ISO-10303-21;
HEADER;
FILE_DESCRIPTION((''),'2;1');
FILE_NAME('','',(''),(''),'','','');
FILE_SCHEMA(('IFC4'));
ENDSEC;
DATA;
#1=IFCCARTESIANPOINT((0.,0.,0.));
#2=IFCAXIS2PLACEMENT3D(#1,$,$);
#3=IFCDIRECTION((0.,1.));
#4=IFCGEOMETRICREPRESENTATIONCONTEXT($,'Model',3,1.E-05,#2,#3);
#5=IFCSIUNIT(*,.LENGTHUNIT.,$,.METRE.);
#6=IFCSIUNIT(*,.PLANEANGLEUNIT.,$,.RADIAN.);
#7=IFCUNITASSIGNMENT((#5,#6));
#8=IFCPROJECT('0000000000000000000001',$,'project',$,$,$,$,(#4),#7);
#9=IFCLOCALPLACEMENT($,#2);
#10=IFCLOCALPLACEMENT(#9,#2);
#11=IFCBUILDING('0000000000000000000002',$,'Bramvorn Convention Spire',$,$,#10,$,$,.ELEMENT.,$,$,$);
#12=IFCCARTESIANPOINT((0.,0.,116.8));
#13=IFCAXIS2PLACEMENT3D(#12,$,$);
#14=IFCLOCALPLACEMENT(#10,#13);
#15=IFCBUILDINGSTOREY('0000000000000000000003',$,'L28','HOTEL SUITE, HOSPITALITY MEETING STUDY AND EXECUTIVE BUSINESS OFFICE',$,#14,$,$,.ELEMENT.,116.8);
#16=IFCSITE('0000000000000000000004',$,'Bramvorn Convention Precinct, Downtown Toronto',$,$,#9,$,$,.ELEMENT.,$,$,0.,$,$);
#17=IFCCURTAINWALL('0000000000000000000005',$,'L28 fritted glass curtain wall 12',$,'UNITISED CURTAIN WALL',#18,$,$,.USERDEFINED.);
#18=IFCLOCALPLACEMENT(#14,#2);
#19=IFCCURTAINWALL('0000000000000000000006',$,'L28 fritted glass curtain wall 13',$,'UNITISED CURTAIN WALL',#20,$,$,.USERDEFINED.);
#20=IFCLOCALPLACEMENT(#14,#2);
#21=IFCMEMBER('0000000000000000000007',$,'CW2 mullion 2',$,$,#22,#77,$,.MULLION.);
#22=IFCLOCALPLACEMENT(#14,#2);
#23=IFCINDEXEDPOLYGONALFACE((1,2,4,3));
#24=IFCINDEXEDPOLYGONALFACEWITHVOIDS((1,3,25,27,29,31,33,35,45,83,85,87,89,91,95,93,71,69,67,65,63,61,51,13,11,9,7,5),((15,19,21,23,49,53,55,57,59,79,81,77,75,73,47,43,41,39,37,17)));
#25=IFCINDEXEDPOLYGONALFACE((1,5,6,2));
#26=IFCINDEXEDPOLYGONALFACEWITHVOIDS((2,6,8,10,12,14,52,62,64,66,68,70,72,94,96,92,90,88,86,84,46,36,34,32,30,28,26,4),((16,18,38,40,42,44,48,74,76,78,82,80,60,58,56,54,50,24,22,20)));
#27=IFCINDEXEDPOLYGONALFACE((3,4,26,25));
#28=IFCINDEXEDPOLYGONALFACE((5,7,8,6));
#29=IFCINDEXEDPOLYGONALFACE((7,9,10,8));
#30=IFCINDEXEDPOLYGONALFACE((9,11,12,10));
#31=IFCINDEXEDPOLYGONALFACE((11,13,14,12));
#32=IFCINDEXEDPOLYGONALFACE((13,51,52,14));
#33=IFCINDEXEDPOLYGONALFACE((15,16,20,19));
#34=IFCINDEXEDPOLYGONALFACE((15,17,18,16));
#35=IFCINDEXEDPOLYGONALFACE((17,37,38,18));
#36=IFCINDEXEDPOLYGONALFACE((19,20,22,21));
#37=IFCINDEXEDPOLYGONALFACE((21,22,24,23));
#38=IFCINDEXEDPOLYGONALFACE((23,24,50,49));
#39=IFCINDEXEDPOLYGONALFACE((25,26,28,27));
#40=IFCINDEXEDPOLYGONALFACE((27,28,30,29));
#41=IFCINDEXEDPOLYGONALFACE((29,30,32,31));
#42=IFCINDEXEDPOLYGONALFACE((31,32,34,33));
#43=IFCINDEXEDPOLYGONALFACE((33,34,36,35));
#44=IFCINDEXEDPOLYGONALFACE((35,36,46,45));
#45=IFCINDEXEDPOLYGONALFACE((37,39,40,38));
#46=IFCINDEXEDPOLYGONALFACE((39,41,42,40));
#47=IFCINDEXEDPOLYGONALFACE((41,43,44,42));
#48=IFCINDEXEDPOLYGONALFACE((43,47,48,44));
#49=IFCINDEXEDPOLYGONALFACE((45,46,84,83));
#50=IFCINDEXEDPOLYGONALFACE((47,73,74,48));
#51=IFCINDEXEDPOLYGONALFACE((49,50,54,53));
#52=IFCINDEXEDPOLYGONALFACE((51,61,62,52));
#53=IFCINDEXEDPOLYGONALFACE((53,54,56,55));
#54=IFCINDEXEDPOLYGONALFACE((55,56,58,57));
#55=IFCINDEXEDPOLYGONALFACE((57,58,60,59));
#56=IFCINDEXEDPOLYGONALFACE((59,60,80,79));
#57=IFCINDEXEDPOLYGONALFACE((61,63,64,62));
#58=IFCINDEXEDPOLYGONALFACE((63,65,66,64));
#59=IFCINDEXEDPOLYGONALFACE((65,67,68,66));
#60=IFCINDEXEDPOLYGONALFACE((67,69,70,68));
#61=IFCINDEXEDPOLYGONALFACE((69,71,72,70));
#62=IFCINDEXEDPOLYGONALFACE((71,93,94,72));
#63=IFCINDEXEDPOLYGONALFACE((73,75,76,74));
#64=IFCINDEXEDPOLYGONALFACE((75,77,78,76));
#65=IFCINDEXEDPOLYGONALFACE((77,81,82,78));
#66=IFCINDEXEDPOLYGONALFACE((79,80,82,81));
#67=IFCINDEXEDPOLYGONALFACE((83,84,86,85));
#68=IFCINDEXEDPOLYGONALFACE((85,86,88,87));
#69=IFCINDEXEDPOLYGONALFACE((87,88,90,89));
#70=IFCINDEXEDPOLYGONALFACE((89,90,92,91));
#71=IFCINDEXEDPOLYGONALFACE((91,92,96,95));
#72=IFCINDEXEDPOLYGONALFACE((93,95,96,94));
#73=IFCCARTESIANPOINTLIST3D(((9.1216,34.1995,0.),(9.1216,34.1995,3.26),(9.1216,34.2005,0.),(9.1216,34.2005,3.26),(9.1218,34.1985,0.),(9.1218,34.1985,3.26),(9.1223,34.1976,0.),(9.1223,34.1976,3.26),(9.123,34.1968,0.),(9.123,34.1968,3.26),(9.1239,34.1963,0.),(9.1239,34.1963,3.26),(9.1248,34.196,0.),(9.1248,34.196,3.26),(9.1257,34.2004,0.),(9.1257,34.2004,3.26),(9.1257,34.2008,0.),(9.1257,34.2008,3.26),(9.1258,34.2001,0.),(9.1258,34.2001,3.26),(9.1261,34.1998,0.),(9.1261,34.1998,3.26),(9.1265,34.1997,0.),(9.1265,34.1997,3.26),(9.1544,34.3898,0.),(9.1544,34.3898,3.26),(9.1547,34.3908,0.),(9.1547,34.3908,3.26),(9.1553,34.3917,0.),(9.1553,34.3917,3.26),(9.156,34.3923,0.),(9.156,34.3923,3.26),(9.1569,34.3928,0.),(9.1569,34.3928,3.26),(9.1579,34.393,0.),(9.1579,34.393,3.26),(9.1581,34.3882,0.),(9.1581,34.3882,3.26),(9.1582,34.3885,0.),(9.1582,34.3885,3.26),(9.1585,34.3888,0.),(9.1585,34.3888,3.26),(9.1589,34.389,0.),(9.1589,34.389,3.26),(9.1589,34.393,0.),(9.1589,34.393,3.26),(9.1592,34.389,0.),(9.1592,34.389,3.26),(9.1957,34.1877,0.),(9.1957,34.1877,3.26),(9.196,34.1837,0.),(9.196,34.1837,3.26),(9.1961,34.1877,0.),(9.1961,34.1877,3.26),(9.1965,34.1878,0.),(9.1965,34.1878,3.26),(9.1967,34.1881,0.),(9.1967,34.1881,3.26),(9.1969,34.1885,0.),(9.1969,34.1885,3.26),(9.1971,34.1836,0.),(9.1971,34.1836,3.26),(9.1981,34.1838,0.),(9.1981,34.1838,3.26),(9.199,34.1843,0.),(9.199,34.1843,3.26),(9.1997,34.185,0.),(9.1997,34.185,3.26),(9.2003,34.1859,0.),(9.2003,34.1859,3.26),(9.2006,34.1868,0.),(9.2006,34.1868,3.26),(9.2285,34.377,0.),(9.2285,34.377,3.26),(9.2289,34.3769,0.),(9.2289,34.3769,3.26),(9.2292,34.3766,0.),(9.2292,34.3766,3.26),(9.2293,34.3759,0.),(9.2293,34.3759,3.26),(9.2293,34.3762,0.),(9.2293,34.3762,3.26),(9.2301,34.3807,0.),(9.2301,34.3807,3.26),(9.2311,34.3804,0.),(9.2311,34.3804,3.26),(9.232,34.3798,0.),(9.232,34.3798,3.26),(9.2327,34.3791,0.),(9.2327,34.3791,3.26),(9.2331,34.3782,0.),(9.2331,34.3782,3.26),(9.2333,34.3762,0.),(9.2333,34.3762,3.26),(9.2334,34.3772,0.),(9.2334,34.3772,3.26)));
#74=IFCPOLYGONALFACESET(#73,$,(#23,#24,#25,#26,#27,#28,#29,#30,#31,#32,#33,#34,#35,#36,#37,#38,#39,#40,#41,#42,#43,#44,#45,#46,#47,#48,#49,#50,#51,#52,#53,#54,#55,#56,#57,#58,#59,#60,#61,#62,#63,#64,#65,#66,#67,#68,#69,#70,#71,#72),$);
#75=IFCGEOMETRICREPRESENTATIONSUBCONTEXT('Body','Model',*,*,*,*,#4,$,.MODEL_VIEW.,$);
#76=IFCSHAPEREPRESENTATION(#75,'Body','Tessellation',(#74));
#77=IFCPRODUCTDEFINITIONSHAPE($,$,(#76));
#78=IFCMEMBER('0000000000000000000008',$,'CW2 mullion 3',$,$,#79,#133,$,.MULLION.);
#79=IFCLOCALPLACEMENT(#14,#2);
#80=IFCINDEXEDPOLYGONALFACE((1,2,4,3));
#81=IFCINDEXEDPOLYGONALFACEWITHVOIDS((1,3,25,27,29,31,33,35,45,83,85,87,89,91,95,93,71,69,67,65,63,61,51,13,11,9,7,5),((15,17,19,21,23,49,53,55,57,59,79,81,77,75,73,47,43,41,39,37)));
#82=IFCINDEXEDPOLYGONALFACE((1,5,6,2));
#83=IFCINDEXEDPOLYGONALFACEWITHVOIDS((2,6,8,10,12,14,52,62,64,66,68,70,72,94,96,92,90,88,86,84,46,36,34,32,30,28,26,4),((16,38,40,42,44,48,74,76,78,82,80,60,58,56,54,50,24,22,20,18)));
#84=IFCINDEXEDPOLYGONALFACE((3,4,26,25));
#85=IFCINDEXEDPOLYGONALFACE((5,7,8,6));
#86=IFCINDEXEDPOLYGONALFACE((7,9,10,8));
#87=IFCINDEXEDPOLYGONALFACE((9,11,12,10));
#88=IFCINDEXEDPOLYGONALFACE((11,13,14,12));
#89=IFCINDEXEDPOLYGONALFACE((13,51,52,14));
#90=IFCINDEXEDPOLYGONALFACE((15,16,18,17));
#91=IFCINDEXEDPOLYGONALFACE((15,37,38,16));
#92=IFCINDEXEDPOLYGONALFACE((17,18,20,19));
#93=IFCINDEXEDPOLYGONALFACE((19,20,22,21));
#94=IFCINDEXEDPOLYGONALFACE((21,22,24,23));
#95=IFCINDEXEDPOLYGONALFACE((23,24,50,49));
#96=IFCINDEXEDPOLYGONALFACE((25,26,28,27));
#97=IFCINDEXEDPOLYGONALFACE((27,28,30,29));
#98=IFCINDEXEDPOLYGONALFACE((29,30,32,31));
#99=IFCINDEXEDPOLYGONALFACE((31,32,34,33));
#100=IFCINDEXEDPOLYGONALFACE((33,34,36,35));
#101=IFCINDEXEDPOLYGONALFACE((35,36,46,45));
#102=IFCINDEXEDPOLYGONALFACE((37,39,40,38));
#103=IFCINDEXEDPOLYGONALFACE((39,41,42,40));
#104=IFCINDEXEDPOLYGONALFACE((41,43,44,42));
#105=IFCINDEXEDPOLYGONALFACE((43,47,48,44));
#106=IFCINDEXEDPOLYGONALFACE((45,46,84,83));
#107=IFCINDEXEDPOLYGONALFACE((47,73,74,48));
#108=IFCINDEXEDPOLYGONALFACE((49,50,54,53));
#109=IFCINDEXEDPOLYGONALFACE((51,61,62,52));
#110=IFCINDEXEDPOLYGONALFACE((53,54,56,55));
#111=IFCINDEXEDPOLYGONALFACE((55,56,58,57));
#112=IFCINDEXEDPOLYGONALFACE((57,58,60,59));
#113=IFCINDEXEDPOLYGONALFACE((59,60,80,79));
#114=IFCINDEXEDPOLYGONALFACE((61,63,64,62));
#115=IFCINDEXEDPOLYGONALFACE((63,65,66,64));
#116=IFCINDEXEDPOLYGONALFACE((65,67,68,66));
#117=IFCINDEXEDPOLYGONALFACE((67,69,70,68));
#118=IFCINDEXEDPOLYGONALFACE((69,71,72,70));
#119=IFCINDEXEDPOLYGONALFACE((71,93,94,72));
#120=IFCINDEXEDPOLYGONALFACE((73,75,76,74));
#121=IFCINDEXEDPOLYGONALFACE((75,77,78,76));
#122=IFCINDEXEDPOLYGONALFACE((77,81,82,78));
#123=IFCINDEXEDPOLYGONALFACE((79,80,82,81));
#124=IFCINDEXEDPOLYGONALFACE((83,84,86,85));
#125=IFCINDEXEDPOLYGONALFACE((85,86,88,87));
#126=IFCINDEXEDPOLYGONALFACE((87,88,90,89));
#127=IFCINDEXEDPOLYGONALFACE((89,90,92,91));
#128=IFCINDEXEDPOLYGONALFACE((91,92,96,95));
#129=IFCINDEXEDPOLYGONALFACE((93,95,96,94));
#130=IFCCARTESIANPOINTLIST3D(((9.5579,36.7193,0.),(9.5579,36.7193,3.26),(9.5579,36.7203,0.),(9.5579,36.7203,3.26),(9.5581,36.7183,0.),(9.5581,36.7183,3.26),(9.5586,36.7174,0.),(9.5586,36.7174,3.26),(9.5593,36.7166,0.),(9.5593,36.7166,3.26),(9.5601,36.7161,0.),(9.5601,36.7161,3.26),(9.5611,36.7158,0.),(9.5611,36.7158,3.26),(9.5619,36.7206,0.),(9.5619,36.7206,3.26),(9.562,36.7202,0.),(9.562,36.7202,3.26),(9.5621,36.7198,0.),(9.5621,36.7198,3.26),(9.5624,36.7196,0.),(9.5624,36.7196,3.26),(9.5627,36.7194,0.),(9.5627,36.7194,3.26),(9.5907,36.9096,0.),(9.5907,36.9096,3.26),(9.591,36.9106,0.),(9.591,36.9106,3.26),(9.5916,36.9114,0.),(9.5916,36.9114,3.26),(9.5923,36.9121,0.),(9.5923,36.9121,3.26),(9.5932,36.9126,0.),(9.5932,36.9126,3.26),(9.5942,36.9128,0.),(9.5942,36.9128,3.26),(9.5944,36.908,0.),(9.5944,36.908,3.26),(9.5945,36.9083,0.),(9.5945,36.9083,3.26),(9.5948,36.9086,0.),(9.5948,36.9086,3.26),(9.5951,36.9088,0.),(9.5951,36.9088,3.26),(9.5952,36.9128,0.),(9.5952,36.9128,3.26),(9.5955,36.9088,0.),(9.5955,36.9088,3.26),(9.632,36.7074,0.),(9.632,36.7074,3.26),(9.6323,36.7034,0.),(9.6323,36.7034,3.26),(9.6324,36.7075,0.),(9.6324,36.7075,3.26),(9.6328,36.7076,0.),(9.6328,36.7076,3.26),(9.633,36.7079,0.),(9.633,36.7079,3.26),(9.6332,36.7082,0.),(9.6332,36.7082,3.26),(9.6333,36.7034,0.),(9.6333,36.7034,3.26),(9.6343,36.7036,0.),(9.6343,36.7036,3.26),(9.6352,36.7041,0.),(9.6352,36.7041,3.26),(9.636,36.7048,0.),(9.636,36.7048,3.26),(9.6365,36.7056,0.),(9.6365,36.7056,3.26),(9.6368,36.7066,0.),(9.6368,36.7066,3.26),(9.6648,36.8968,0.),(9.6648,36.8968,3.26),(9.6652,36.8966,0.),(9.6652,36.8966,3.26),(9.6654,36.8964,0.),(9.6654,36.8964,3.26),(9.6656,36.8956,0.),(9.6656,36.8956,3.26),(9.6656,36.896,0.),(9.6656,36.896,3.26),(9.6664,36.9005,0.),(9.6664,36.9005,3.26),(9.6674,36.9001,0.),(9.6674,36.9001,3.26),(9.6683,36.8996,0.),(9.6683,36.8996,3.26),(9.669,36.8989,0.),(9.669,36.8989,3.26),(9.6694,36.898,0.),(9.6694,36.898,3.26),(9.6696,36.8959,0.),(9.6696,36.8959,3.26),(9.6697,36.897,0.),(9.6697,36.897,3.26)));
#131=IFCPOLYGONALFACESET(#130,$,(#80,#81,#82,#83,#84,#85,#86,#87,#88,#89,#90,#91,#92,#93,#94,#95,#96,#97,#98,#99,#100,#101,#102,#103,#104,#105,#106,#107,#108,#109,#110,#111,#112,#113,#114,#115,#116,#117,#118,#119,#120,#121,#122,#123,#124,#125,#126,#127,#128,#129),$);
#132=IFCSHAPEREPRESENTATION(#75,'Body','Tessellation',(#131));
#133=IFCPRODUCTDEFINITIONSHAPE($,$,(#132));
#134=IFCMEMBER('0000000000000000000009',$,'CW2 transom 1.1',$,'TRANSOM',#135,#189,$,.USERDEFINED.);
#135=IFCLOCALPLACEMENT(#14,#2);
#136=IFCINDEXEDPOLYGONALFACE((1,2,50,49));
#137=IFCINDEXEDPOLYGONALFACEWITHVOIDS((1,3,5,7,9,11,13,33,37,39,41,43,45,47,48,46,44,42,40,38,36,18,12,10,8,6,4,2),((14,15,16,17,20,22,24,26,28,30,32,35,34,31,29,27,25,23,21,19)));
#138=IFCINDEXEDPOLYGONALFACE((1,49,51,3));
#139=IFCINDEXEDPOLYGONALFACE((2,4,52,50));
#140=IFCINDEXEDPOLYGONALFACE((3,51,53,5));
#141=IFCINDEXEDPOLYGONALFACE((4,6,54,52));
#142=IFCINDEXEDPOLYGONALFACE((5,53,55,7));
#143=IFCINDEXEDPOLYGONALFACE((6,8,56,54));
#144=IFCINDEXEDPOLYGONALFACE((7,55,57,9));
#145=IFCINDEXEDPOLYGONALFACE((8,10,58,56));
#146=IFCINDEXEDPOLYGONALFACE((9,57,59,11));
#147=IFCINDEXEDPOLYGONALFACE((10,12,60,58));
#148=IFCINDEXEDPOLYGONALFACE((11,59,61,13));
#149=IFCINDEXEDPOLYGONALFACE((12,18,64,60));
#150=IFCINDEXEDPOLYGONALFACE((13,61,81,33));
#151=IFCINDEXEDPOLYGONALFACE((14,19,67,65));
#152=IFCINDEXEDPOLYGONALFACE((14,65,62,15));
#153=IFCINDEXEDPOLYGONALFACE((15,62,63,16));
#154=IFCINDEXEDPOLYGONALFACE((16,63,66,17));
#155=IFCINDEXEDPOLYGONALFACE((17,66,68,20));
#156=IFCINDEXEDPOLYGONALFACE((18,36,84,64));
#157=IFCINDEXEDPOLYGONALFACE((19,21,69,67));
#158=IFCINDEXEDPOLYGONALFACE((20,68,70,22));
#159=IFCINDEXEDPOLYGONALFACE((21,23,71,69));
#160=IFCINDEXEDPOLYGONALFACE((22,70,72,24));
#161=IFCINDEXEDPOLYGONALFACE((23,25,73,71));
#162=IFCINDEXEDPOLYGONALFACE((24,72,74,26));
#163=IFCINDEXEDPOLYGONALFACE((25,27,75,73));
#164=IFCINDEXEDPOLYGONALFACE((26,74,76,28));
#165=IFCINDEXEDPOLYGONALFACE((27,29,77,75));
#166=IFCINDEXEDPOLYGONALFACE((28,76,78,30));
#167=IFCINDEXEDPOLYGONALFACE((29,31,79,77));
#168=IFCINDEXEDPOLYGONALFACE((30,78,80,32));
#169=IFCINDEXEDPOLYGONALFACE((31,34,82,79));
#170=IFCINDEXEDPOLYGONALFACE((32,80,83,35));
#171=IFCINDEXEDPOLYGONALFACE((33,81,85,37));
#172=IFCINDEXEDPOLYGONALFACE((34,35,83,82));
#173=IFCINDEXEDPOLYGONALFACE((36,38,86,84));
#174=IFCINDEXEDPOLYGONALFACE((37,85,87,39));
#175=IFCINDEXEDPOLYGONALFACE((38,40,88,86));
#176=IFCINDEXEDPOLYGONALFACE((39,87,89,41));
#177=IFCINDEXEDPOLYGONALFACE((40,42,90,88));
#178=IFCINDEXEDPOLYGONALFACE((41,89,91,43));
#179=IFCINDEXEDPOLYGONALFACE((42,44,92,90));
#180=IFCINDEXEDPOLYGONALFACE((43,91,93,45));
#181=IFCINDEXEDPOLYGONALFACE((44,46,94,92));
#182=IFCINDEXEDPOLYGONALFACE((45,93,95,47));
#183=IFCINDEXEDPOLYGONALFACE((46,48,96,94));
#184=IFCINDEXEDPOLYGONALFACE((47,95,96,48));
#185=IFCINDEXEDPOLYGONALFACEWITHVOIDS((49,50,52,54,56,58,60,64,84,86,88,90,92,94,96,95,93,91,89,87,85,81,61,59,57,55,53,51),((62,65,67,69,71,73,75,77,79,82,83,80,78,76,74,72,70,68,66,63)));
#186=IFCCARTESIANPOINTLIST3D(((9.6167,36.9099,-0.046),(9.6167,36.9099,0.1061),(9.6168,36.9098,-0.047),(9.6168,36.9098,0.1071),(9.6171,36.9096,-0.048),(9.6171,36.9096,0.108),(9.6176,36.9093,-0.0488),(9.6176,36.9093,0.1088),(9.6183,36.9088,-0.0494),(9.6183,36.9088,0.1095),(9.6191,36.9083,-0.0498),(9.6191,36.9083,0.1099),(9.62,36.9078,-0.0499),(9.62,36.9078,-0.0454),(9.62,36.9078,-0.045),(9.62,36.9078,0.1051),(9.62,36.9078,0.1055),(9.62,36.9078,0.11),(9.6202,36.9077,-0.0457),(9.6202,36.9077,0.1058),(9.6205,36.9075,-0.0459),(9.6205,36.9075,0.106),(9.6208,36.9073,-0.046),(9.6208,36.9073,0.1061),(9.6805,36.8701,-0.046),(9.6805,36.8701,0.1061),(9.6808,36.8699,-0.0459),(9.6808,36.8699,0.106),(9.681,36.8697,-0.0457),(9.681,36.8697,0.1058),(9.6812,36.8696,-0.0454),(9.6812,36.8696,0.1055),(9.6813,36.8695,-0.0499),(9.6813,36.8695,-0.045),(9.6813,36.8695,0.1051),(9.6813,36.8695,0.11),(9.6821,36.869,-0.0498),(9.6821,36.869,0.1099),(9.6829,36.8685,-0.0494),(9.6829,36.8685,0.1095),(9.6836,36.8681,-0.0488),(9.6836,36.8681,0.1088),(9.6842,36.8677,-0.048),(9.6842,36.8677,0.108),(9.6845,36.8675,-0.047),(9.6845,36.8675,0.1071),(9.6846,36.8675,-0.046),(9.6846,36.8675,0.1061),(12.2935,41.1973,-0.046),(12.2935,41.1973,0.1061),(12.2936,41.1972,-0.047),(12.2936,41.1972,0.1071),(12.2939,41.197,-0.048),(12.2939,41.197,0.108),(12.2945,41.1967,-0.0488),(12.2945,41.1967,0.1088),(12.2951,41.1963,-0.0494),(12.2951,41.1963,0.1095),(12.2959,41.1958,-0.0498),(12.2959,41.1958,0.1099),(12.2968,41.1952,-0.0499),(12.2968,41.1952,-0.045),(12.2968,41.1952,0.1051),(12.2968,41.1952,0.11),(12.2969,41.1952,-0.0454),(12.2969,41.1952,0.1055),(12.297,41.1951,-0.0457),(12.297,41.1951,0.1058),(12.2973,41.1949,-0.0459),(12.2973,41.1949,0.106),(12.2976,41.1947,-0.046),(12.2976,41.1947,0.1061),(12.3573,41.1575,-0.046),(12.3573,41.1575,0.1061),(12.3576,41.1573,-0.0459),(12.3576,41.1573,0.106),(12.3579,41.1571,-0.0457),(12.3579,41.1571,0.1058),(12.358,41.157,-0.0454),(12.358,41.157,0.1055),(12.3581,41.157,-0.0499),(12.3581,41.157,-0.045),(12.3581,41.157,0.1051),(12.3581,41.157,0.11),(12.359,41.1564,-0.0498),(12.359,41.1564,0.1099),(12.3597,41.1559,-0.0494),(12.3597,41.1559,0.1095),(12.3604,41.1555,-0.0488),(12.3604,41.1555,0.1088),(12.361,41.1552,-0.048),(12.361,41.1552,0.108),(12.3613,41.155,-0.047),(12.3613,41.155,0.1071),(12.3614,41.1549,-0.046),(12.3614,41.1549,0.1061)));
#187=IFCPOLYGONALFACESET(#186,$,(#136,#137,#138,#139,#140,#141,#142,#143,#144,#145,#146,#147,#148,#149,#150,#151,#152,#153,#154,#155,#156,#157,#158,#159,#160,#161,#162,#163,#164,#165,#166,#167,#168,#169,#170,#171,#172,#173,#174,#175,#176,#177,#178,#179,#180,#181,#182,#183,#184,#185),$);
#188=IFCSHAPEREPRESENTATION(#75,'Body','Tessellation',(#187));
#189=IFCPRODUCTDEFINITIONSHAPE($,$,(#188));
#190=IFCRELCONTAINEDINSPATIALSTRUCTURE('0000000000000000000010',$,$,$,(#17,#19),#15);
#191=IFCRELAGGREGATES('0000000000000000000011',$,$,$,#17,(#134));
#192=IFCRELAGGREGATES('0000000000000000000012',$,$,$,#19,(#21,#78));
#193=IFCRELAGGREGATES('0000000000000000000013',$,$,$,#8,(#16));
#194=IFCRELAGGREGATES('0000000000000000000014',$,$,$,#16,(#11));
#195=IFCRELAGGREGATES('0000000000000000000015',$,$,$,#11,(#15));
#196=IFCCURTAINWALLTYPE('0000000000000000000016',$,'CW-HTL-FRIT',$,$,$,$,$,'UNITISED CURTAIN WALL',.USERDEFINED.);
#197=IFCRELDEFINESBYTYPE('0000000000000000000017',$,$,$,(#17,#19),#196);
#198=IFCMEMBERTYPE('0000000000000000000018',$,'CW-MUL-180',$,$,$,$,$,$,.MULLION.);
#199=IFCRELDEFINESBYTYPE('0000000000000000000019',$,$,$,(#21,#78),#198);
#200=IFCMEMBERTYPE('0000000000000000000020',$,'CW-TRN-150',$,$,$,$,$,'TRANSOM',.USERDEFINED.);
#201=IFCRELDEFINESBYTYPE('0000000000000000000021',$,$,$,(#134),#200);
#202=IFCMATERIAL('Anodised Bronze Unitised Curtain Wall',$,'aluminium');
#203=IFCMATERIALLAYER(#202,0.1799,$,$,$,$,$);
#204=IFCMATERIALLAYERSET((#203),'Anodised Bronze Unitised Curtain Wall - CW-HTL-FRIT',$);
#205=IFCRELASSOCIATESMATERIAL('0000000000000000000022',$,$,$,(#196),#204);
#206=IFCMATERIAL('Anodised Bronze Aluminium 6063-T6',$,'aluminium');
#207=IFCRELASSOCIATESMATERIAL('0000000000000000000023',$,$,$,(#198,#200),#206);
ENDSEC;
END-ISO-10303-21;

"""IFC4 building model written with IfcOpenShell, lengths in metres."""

from ifc_helpers import new_model, si_unit, direction, frame, origin, origin_2d, place, context, subcontext, project, spatial, hollow_rectangle, extrude, material, layer, layer_set, material_profile, profile_set, type_object, element, aggregate, save


model = new_model("IFC4")

# Units and contexts
model_context = context("Model", 3, precision=1e-05, world=origin(), true_north=direction((0.0, 1.0)))
body_context = subcontext(model_context, "Body", "Model", "MODEL_VIEW")
ifc_project = project(units=[si_unit("LENGTHUNIT", "METRE"), si_unit("PLANEANGLEUNIT", "RADIAN")], contexts=[model_context])

# Site, building, storey
site_placement = place(None, origin())
site = spatial("IfcSite", under=ifc_project, at=site_placement, Name="Bramvorn Convention Precinct, Downtown Toronto", CompositionType="ELEMENT", RefElevation=0.0)
building_placement = place(site_placement, origin())
building = spatial("IfcBuilding", under=site, at=building_placement, Name="Bramvorn Convention Spire", CompositionType="ELEMENT")
storey_placement = place(building_placement, frame((0.0, 0.0, 116.8)))
storey = spatial("IfcBuildingStorey", under=building, at=storey_placement, Name="L28", Description="HOTEL SUITE, HOSPITALITY MEETING STUDY AND EXECUTIVE BUSINESS OFFICE", CompositionType="ELEMENT", Elevation=116.8)

# Curtain walls, members
ifc_material_1 = material(Name="Anodised Bronze Unitised Curtain Wall", Category="aluminium")
ifc_layer_1 = layer(ifc_material_1, 0.1799)
ifc_layer_set_1 = layer_set([ifc_layer_1], Name="Anodised Bronze Unitised Curtain Wall - CW-HTL-FRIT")
curtain_wall_type = type_object("IfcCurtainWallType", Name="CW-HTL-FRIT", ElementType="UNITISED CURTAIN WALL", PredefinedType="USERDEFINED", material=ifc_layer_set_1)
curtain_wall_1_placement = place(storey_placement, origin())
curtain_wall_1 = element("IfcCurtainWall", 1, at=curtain_wall_1_placement, inside=storey, type_object=curtain_wall_type, Name="L28 fritted glass curtain wall 12", ObjectType="UNITISED CURTAIN WALL", PredefinedType="USERDEFINED")
ifc_material_2 = material(Name="Anodised Bronze Aluminium 6063-T6", Category="aluminium")
ifc_material_profile_1 = material_profile(ifc_material_2, hollow_rectangle(XDim=0.0801, YDim=0.2, WallThickness=0.0039, InnerFilletRadius=0.001, OuterFilletRadius=0.0039, at=origin_2d()))
ifc_profile_set_1 = profile_set([ifc_material_profile_1], Name="Anodised Bronze Aluminium 6063-T6 - CWM80X200")
member_type_1 = type_object("IfcMemberType", Name="CW-MUL-180", PredefinedType="MULLION", material=ifc_profile_set_1)
curtain_wall_2_placement = place(storey_placement, origin())
curtain_wall_2 = element("IfcCurtainWall", 2, at=curtain_wall_2_placement, inside=storey, type_object=curtain_wall_type, Name="L28 fritted glass curtain wall 13", ObjectType="UNITISED CURTAIN WALL", PredefinedType="USERDEFINED")
member_1_placement = place(storey_placement, frame((9.1775, 34.2883, 0.0), z_axis=(0.0, 0.0, 1.0), x_axis=(-0.985342, 0.170592, 0.0)))
member_1 = element("IfcMember", 3, at=member_1_placement, type_object=member_type_1, Name="CW2 mullion 2", PredefinedType="MULLION", context=body_context, shape_type="SweptSolid", body=[
    extrude(hollow_rectangle(XDim=0.0801, YDim=0.2, WallThickness=0.0039, InnerFilletRadius=0.001, OuterFilletRadius=0.0039, at=origin_2d()), origin(), (0.0, 0.0, 1.0), 3.26),
])
member_2_placement = place(storey_placement, frame((9.6138, 36.8081, 0.0), z_axis=(0.0, 0.0, 1.0), x_axis=(-0.985342, 0.170592, 0.0)))
member_2 = element("IfcMember", 4, at=member_2_placement, type_object=member_type_1, Name="CW2 mullion 3", PredefinedType="MULLION", context=body_context, shape_type="SweptSolid", body=[
    extrude(hollow_rectangle(XDim=0.0801, YDim=0.2, WallThickness=0.0039, InnerFilletRadius=0.001, OuterFilletRadius=0.0039, at=origin_2d()), origin(), (0.0, 0.0, 1.0), 3.26),
])

# Member
ifc_material_profile_2 = material_profile(ifc_material_2, hollow_rectangle(XDim=0.0801, YDim=0.1599, WallThickness=0.0039, InnerFilletRadius=0.001, OuterFilletRadius=0.0039, at=origin_2d()))
ifc_profile_set_2 = profile_set([ifc_material_profile_2], Name="Anodised Bronze Aluminium 6063-T6 - CWT80X160")
member_type_2 = type_object("IfcMemberType", Name="CW-TRN-150", ElementType="TRANSOM", PredefinedType="USERDEFINED", material=ifc_profile_set_2)
member_3_placement = place(storey_placement, frame((9.6506, 36.8887, 0.03), z_axis=(0.529595, 0.848251, 0.0), x_axis=(-0.848251, 0.529595, 0.0)))
member_3 = element("IfcMember", 5, at=member_3_placement, type_object=member_type_2, Name="CW2 transom 1.1", ObjectType="TRANSOM", PredefinedType="USERDEFINED", context=body_context, shape_type="SweptSolid", body=[
    extrude(hollow_rectangle(XDim=0.0801, YDim=0.1599, WallThickness=0.0039, InnerFilletRadius=0.001, OuterFilletRadius=0.0039, at=origin_2d()), origin(), (0.0, 0.0, 1.0), 5.0544),
])

aggregate(curtain_wall_1, [member_3])
aggregate(curtain_wall_2, [member_1, member_2])

save(model, "model.ifc")
